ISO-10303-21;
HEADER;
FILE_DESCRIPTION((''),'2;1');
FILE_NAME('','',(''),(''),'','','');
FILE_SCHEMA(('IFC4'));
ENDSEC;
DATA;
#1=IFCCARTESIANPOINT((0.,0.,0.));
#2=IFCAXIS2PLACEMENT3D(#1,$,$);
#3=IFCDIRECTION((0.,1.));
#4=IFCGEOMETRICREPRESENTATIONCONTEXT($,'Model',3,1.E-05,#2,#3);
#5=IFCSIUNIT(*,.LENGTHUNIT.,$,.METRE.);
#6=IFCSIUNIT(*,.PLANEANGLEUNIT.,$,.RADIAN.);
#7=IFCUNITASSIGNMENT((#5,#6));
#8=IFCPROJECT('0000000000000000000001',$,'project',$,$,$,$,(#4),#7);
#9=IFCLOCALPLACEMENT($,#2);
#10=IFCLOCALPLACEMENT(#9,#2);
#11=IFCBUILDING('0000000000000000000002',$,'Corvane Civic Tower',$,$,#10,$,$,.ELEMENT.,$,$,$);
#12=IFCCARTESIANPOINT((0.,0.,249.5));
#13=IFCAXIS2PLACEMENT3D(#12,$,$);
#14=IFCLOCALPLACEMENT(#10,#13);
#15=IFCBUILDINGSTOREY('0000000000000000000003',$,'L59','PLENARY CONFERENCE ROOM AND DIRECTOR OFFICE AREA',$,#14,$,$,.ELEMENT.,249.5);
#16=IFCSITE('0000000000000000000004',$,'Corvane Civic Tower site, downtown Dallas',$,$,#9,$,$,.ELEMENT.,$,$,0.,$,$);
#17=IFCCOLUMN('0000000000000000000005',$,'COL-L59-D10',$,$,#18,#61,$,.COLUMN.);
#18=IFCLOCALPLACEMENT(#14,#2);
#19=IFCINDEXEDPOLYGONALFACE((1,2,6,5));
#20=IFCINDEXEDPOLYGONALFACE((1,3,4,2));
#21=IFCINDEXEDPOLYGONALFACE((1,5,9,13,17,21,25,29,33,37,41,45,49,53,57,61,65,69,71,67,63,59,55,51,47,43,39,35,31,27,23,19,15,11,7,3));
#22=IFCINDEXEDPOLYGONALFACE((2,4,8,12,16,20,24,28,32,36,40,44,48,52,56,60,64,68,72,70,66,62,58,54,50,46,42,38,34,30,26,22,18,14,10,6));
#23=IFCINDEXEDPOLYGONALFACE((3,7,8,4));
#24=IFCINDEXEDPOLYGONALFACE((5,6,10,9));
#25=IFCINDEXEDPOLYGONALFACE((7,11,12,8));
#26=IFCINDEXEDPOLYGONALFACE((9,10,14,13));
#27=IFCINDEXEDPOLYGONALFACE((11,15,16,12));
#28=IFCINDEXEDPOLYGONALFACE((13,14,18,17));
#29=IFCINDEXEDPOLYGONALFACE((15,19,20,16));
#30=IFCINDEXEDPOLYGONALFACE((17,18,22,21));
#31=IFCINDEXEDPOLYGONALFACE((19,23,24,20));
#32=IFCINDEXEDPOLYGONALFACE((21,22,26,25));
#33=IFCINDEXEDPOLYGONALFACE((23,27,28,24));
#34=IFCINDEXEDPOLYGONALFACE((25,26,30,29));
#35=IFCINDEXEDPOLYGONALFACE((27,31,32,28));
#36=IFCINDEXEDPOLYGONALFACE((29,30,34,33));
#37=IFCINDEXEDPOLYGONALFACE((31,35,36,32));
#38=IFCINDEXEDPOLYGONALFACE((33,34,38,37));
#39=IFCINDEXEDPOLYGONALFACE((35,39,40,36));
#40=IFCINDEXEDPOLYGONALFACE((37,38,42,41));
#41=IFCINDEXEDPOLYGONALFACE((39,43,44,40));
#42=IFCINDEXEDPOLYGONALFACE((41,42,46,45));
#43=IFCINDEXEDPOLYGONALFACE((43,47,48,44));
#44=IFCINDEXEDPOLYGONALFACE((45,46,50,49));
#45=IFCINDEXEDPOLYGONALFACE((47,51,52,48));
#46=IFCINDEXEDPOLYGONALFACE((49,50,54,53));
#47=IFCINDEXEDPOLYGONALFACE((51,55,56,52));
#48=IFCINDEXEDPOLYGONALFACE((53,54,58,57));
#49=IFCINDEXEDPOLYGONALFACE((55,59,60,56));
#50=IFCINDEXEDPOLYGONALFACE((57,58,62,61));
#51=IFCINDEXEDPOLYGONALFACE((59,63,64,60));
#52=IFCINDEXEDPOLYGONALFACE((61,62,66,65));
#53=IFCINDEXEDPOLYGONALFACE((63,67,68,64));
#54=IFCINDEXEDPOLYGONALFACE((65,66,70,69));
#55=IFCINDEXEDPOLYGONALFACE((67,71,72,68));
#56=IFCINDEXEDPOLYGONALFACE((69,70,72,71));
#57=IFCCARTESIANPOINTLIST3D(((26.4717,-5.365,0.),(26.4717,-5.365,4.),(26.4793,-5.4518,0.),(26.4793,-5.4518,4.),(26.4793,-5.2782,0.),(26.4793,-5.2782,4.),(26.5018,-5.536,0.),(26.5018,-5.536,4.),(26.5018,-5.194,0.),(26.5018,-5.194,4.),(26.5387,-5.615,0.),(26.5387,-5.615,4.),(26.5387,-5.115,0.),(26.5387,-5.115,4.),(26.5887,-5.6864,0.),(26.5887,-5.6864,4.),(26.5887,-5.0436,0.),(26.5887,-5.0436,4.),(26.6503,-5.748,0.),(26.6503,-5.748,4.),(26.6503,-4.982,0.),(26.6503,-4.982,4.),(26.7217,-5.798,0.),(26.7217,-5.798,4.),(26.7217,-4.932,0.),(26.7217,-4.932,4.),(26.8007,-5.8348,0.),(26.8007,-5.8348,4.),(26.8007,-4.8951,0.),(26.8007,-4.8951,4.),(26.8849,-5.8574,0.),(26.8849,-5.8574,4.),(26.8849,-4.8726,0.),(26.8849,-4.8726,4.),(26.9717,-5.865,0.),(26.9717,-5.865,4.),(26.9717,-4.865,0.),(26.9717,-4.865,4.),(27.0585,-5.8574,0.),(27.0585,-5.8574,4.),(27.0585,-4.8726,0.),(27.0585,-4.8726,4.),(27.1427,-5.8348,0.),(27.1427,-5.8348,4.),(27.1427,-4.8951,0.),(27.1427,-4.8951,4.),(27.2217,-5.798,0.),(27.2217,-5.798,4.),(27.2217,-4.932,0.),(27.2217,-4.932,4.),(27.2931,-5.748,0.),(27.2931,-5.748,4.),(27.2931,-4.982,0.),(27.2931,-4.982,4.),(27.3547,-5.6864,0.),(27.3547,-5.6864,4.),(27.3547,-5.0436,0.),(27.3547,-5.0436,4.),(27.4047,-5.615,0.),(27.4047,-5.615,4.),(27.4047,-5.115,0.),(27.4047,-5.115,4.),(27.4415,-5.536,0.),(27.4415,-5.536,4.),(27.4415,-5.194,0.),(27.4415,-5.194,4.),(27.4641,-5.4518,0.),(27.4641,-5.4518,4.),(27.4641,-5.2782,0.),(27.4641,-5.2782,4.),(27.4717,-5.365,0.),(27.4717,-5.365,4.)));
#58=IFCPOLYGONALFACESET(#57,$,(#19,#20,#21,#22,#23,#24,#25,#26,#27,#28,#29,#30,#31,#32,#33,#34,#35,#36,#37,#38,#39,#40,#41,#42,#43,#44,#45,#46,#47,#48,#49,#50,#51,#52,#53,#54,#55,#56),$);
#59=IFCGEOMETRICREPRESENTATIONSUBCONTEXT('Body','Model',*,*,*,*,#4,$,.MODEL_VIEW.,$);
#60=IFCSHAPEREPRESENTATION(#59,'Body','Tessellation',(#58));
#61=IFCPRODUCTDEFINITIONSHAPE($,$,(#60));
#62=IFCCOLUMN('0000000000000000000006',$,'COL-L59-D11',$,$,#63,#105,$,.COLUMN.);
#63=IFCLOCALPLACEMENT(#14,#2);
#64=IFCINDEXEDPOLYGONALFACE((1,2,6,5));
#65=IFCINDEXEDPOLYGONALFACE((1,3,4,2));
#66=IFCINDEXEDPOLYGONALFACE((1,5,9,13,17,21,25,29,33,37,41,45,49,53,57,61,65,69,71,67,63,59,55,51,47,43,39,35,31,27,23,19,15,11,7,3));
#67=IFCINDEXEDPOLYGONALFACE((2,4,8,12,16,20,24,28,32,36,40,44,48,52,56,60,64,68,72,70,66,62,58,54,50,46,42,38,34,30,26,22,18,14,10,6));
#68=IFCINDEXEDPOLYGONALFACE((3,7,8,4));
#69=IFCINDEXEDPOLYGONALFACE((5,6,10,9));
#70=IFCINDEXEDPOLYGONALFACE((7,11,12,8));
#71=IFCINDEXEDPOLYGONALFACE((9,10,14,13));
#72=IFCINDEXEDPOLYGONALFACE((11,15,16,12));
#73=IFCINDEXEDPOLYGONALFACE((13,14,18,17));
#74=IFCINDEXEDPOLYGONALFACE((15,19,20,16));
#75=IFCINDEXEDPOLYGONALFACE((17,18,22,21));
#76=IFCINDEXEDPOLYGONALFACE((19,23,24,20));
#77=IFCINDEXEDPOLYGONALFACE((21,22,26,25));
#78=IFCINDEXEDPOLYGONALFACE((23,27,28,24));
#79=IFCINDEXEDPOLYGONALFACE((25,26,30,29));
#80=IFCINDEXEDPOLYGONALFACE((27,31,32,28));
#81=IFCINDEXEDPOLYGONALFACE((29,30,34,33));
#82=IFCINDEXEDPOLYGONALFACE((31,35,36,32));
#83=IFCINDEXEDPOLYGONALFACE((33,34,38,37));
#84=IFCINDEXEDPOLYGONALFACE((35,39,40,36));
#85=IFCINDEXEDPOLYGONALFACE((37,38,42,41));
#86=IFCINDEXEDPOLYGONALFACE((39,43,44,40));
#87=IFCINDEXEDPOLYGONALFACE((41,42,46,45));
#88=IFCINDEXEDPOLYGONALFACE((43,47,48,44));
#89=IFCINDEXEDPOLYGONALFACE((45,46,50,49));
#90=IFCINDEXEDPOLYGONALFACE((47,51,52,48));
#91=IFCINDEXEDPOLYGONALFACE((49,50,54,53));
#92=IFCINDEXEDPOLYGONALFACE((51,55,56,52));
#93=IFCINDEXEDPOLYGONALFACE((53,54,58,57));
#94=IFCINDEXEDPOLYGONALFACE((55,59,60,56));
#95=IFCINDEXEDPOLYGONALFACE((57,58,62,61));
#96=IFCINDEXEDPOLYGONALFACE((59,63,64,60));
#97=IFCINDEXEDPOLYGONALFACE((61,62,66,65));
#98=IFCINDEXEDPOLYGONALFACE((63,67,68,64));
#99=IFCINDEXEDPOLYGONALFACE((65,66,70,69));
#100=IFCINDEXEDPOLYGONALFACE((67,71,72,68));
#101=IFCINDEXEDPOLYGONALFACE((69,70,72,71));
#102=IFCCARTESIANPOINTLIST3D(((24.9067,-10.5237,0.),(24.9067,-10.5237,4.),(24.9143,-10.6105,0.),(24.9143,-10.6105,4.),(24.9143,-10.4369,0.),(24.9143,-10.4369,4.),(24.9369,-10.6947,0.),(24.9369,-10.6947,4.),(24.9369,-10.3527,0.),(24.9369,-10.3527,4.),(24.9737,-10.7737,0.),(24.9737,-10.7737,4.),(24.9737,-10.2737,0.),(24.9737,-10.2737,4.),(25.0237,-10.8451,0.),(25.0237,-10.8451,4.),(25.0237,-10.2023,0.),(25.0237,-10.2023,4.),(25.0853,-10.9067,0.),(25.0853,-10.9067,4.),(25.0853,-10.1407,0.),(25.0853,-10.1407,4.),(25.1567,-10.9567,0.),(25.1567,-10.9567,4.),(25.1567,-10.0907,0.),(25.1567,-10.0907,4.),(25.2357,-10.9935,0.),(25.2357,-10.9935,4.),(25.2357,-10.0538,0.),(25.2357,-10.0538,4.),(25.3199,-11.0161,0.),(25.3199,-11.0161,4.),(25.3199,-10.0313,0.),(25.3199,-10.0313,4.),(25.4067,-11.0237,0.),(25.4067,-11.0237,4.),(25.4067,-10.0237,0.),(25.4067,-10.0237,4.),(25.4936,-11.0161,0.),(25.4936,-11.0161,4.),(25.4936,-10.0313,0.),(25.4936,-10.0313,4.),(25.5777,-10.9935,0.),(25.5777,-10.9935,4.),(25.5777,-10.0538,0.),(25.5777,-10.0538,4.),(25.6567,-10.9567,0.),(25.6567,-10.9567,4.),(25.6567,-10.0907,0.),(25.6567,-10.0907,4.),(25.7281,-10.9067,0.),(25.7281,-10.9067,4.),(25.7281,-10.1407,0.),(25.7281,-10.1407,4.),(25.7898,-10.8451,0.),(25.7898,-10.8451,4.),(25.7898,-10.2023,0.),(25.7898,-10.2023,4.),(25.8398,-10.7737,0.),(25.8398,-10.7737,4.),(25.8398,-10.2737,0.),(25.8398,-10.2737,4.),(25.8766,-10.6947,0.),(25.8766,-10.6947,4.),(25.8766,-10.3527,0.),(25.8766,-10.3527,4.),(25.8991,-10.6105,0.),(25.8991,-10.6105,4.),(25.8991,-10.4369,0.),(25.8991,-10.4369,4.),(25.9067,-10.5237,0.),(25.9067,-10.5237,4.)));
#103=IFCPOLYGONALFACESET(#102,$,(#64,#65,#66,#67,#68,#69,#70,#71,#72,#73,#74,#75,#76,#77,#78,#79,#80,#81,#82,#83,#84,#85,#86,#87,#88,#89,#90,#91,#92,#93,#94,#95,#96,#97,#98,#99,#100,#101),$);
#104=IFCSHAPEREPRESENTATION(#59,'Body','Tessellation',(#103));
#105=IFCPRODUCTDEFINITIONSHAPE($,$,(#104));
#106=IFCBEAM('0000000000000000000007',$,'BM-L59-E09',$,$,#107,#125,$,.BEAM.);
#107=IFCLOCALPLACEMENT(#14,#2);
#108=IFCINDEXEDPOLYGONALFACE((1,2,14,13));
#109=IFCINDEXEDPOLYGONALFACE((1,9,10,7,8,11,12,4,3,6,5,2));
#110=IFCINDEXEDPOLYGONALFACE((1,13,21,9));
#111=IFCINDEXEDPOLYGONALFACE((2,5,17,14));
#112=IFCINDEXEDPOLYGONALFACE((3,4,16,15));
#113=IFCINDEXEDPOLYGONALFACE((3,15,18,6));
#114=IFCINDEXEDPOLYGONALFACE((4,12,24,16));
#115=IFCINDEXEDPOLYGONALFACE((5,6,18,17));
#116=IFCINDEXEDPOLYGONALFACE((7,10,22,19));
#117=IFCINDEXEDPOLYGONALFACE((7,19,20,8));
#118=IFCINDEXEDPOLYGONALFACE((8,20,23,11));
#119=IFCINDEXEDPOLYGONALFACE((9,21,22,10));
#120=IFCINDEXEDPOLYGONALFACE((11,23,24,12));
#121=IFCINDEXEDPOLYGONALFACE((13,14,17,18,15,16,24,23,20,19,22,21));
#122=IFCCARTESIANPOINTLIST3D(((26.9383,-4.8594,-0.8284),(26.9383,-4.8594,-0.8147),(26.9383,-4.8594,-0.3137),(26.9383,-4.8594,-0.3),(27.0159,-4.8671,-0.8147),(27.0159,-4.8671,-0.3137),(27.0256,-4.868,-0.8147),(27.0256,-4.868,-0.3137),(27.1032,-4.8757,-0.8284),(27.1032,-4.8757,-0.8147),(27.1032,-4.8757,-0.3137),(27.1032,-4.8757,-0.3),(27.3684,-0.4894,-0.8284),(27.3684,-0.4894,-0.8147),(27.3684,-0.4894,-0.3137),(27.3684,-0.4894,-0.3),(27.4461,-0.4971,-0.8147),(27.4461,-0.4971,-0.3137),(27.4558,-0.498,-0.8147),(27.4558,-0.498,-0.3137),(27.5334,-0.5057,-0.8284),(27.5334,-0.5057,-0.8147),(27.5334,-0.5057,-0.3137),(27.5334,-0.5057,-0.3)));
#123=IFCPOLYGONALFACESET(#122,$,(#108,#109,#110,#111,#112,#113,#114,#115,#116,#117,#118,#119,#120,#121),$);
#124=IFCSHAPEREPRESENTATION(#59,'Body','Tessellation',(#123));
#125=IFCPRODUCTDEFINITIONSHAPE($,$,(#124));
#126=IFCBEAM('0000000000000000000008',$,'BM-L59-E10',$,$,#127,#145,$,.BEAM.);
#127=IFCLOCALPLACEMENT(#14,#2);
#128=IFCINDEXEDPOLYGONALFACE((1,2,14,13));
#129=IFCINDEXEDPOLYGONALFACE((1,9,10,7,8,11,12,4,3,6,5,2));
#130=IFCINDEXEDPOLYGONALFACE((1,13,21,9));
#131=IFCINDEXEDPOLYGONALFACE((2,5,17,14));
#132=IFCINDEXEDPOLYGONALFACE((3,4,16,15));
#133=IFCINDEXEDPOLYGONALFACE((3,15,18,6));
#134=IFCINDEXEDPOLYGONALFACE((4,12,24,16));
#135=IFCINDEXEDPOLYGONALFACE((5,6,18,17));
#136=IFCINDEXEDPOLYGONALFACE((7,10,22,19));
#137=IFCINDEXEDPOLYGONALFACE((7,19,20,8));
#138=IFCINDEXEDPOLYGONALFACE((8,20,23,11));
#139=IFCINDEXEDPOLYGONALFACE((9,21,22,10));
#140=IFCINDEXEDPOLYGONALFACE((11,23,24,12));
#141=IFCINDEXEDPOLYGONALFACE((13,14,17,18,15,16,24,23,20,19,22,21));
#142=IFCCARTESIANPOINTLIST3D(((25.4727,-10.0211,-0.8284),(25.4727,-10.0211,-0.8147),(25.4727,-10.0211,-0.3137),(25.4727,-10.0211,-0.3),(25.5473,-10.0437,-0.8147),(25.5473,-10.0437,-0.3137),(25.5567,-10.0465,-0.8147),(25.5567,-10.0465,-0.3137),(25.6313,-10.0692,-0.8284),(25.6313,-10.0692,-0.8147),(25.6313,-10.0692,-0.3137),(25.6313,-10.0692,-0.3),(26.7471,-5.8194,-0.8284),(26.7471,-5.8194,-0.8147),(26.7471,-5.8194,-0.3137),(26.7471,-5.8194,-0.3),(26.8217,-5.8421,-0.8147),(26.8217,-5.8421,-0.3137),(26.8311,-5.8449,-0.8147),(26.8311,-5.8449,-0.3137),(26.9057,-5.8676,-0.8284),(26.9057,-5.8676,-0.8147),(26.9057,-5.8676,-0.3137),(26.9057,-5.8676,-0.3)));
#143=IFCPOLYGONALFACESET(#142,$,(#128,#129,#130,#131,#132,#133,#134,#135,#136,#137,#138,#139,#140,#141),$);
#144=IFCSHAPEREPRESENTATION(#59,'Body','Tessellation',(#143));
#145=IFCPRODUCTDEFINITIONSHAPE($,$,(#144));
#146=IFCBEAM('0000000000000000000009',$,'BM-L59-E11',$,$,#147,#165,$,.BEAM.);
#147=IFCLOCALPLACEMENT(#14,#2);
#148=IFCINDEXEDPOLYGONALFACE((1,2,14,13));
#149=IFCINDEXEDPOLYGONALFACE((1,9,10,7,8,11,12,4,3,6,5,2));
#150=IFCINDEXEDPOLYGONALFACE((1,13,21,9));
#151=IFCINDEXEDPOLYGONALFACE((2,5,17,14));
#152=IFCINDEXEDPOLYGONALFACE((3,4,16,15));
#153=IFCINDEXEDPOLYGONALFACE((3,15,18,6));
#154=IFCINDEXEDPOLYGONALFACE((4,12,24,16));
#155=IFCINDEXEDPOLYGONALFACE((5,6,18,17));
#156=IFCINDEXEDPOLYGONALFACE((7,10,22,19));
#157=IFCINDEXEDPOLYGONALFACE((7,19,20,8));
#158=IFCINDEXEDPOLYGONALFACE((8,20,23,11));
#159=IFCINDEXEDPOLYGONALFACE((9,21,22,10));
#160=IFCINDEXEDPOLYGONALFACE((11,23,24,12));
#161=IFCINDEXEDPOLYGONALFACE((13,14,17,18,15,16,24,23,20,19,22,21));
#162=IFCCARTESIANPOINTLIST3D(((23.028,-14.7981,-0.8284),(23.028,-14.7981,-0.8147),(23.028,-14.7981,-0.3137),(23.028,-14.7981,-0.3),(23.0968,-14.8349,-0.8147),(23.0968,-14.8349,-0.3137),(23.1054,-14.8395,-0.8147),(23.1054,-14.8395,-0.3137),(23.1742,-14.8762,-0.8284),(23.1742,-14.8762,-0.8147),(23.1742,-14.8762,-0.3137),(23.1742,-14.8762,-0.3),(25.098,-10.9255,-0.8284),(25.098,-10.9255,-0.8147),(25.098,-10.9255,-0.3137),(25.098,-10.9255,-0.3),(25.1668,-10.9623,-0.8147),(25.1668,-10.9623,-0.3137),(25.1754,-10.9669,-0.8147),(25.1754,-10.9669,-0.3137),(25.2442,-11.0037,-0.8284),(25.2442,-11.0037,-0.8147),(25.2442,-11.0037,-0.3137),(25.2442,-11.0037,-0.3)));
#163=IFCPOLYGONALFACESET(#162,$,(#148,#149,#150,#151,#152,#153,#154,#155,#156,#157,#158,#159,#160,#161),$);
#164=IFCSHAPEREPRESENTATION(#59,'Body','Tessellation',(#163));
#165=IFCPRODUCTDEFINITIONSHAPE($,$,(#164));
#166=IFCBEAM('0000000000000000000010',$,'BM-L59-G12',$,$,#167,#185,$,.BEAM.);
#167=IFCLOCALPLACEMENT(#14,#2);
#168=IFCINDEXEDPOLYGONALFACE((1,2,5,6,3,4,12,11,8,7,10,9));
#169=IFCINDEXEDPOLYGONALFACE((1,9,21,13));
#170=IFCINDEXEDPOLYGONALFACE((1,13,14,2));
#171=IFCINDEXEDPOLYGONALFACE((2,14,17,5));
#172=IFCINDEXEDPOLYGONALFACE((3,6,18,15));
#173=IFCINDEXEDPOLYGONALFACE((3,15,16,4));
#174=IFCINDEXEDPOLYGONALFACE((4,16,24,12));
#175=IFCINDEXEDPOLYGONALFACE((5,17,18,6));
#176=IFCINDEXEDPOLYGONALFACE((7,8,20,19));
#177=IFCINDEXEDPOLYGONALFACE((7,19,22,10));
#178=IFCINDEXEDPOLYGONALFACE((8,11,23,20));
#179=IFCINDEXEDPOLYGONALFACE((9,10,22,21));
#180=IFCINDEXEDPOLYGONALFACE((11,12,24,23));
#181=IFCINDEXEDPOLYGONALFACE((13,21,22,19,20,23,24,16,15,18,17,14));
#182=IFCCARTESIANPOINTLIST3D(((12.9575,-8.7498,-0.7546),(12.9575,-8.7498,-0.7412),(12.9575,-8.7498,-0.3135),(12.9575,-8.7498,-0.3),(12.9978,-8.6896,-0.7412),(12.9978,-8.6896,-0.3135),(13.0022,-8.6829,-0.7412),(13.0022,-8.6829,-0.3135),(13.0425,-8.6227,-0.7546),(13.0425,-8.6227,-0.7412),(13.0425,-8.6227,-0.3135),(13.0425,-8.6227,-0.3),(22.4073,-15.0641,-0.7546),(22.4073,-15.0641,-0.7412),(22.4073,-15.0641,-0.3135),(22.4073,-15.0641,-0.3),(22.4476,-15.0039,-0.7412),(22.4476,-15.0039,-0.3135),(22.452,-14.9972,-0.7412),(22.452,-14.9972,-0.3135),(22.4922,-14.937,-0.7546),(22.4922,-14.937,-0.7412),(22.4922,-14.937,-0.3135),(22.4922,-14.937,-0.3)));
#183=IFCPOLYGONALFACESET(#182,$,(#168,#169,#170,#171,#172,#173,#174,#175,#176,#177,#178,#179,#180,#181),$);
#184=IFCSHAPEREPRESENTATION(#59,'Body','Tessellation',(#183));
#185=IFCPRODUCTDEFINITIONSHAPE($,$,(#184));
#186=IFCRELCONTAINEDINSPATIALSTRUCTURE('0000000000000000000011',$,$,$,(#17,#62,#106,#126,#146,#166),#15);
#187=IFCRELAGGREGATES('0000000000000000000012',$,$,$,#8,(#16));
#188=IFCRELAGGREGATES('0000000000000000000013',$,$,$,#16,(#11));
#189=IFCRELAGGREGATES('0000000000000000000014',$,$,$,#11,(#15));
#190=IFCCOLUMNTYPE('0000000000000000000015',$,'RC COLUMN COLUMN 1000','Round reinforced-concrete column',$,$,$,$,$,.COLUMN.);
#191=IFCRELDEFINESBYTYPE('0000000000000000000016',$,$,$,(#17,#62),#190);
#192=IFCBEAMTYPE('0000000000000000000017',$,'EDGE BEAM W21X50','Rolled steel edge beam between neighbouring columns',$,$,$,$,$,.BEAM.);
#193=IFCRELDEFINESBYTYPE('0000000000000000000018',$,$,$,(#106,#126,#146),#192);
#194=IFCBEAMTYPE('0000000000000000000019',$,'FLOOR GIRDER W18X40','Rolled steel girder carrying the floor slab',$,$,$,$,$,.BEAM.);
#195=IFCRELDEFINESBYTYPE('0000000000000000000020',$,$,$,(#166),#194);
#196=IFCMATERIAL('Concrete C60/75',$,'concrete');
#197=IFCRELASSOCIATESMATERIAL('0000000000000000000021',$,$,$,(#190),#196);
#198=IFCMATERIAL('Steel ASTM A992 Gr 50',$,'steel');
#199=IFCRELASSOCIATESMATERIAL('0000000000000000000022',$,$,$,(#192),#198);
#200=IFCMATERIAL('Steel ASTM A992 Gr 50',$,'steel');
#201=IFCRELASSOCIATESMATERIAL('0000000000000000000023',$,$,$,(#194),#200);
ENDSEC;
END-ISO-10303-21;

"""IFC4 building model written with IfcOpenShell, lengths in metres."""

from ifc_helpers import new_model, si_unit, direction, frame, origin, origin_2d, place, context, subcontext, project, spatial, circle, i_section, extrude, material, material_profile, profile_set, type_object, element, save


model = new_model("IFC4")

# Units and contexts
model_context = context("Model", 3, precision=1e-05, world=origin(), true_north=direction((0.0, 1.0)))
body_context = subcontext(model_context, "Body", "Model", "MODEL_VIEW")
ifc_project = project(units=[si_unit("LENGTHUNIT", "METRE"), si_unit("PLANEANGLEUNIT", "RADIAN")], contexts=[model_context])

# Site, building, storey
site_placement = place(None, origin())
site = spatial("IfcSite", under=ifc_project, at=site_placement, Name="Corvane Civic Tower site, downtown Dallas", CompositionType="ELEMENT", RefElevation=0.0)
building_placement = place(site_placement, origin())
building = spatial("IfcBuilding", under=site, at=building_placement, Name="Corvane Civic Tower", CompositionType="ELEMENT")
storey_placement = place(building_placement, frame((0.0, 0.0, 249.5)))
storey = spatial("IfcBuildingStorey", under=building, at=storey_placement, Name="L59", Description="PLENARY CONFERENCE ROOM AND DIRECTOR OFFICE AREA", CompositionType="ELEMENT", Elevation=249.5)

# Columns
ifc_material_1 = material(Name="Concrete C60/75", Category="concrete")
ifc_material_profile_1 = material_profile(ifc_material_1, circle(Radius=0.5, at=origin_2d()), Name="COLUMN 1000")
ifc_profile_set_1 = profile_set([ifc_material_profile_1], Name="Concrete C60/75")
column_type = type_object("IfcColumnType", Name="RC COLUMN COLUMN 1000", Description="Round reinforced-concrete column", PredefinedType="COLUMN", material=ifc_profile_set_1)
for number, where, z_axis, x_axis, name in (
    (1, (26.9717, -5.365, 0.0), (0.0, 0.0, 1.0), (1.0, 0.0, 0.0), "COL-L59-D10"),
    (2, (25.4067, -10.5237, 0.0), (0.0, 0.0, 1.0), (1.0, 0.0, 0.0), "COL-L59-D11"),
):
    element("IfcColumn", number, at=place(storey_placement, frame(where, z_axis=z_axis, x_axis=x_axis)), inside=storey, type_object=column_type, Name=name, PredefinedType="COLUMN", context=body_context, shape_type="SweptSolid", body=[
        extrude(circle(Radius=0.5, at=origin_2d()), origin(), (0.0, 0.0, 1.0), 4.0),
    ])

# Beams
ifc_material_2 = material(Name="Steel ASTM A992 Gr 50", Category="steel")
ifc_material_profile_2 = material_profile(ifc_material_2, i_section(OverallWidth=0.1658, OverallDepth=0.5283, WebThickness=0.0098, FlangeThickness=0.0137, at=origin_2d()), Name="W21X50")
ifc_profile_set_2 = profile_set([ifc_material_profile_2], Name="Steel ASTM A992 Gr 50")
beam_type_1 = type_object("IfcBeamType", Name="EDGE BEAM W21X50", Description="Rolled steel edge beam between neighbouring columns", PredefinedType="BEAM", material=ifc_profile_set_2)
beam_1_placement = place(storey_placement, frame((27.4509, -0.4976, -0.5642), z_axis=(-0.097968, -0.99519, 0.0), x_axis=(0.99519, -0.097968, 0.0)))
element("IfcBeam", 3, at=beam_1_placement, inside=storey, type_object=beam_type_1, Name="BM-L59-E09", PredefinedType="BEAM", context=body_context, shape_type="SweptSolid", body=[
    extrude(i_section(OverallWidth=0.1658, OverallDepth=0.5283, WebThickness=0.0098, FlangeThickness=0.0137, at=origin_2d()), origin(), (0.0, 0.0, 1.0), 4.3911),
])
beam_2_placement = place(storey_placement, frame((26.8264, -5.8435, -0.5642), z_axis=(-0.290254, -0.95695, 0.0), x_axis=(0.95695, -0.290254, 0.0)))
element("IfcBeam", 4, at=beam_2_placement, inside=storey, type_object=beam_type_1, Name="BM-L59-E10", PredefinedType="BEAM", context=body_context, shape_type="SweptSolid", body=[
    extrude(i_section(OverallWidth=0.1658, OverallDepth=0.5283, WebThickness=0.0098, FlangeThickness=0.0137, at=origin_2d()), origin(), (0.0, 0.0, 1.0), 4.3906),
])
beam_3_placement = place(storey_placement, frame((25.1711, -10.9646, -0.5642), z_axis=(-0.471422, -0.881908, 0.0), x_axis=(0.881908, -0.471422, 0.0)))
element("IfcBeam", 5, at=beam_3_placement, inside=storey, type_object=beam_type_1, Name="BM-L59-E11", PredefinedType="BEAM", context=body_context, shape_type="SweptSolid", body=[
    extrude(i_section(OverallWidth=0.1658, OverallDepth=0.5283, WebThickness=0.0098, FlangeThickness=0.0137, at=origin_2d()), origin(), (0.0, 0.0, 1.0), 4.3911),
])
ifc_material_3 = material(Name="Steel ASTM A992 Gr 50", Category="steel")
ifc_material_profile_3 = material_profile(ifc_material_3, i_section(OverallWidth=0.1528, OverallDepth=0.4546, WebThickness=0.0081, FlangeThickness=0.0134, at=origin_2d()), Name="W18X40")
ifc_profile_set_3 = profile_set([ifc_material_profile_3], Name="Steel ASTM A992 Gr 50")
beam_type_2 = type_object("IfcBeamType", Name="FLOOR GIRDER W18X40", Description="Rolled steel girder carrying the floor slab", PredefinedType="BEAM", material=ifc_profile_set_3)
beam_4_placement = place(storey_placement, frame((13.0, -8.6863, -0.5273), z_axis=(0.831465, -0.555577, 0.0), x_axis=(0.555577, 0.831465, 0.0)))
element("IfcBeam", 6, at=beam_4_placement, inside=storey, type_object=beam_type_2, Name="BM-L59-G12", PredefinedType="BEAM", context=body_context, shape_type="SweptSolid", body=[
    extrude(i_section(OverallWidth=0.1528, OverallDepth=0.4546, WebThickness=0.0081, FlangeThickness=0.0134, at=origin_2d()), origin(), (0.0, 0.0, 1.0), 11.3652),
])

save(model, "model.ifc")
